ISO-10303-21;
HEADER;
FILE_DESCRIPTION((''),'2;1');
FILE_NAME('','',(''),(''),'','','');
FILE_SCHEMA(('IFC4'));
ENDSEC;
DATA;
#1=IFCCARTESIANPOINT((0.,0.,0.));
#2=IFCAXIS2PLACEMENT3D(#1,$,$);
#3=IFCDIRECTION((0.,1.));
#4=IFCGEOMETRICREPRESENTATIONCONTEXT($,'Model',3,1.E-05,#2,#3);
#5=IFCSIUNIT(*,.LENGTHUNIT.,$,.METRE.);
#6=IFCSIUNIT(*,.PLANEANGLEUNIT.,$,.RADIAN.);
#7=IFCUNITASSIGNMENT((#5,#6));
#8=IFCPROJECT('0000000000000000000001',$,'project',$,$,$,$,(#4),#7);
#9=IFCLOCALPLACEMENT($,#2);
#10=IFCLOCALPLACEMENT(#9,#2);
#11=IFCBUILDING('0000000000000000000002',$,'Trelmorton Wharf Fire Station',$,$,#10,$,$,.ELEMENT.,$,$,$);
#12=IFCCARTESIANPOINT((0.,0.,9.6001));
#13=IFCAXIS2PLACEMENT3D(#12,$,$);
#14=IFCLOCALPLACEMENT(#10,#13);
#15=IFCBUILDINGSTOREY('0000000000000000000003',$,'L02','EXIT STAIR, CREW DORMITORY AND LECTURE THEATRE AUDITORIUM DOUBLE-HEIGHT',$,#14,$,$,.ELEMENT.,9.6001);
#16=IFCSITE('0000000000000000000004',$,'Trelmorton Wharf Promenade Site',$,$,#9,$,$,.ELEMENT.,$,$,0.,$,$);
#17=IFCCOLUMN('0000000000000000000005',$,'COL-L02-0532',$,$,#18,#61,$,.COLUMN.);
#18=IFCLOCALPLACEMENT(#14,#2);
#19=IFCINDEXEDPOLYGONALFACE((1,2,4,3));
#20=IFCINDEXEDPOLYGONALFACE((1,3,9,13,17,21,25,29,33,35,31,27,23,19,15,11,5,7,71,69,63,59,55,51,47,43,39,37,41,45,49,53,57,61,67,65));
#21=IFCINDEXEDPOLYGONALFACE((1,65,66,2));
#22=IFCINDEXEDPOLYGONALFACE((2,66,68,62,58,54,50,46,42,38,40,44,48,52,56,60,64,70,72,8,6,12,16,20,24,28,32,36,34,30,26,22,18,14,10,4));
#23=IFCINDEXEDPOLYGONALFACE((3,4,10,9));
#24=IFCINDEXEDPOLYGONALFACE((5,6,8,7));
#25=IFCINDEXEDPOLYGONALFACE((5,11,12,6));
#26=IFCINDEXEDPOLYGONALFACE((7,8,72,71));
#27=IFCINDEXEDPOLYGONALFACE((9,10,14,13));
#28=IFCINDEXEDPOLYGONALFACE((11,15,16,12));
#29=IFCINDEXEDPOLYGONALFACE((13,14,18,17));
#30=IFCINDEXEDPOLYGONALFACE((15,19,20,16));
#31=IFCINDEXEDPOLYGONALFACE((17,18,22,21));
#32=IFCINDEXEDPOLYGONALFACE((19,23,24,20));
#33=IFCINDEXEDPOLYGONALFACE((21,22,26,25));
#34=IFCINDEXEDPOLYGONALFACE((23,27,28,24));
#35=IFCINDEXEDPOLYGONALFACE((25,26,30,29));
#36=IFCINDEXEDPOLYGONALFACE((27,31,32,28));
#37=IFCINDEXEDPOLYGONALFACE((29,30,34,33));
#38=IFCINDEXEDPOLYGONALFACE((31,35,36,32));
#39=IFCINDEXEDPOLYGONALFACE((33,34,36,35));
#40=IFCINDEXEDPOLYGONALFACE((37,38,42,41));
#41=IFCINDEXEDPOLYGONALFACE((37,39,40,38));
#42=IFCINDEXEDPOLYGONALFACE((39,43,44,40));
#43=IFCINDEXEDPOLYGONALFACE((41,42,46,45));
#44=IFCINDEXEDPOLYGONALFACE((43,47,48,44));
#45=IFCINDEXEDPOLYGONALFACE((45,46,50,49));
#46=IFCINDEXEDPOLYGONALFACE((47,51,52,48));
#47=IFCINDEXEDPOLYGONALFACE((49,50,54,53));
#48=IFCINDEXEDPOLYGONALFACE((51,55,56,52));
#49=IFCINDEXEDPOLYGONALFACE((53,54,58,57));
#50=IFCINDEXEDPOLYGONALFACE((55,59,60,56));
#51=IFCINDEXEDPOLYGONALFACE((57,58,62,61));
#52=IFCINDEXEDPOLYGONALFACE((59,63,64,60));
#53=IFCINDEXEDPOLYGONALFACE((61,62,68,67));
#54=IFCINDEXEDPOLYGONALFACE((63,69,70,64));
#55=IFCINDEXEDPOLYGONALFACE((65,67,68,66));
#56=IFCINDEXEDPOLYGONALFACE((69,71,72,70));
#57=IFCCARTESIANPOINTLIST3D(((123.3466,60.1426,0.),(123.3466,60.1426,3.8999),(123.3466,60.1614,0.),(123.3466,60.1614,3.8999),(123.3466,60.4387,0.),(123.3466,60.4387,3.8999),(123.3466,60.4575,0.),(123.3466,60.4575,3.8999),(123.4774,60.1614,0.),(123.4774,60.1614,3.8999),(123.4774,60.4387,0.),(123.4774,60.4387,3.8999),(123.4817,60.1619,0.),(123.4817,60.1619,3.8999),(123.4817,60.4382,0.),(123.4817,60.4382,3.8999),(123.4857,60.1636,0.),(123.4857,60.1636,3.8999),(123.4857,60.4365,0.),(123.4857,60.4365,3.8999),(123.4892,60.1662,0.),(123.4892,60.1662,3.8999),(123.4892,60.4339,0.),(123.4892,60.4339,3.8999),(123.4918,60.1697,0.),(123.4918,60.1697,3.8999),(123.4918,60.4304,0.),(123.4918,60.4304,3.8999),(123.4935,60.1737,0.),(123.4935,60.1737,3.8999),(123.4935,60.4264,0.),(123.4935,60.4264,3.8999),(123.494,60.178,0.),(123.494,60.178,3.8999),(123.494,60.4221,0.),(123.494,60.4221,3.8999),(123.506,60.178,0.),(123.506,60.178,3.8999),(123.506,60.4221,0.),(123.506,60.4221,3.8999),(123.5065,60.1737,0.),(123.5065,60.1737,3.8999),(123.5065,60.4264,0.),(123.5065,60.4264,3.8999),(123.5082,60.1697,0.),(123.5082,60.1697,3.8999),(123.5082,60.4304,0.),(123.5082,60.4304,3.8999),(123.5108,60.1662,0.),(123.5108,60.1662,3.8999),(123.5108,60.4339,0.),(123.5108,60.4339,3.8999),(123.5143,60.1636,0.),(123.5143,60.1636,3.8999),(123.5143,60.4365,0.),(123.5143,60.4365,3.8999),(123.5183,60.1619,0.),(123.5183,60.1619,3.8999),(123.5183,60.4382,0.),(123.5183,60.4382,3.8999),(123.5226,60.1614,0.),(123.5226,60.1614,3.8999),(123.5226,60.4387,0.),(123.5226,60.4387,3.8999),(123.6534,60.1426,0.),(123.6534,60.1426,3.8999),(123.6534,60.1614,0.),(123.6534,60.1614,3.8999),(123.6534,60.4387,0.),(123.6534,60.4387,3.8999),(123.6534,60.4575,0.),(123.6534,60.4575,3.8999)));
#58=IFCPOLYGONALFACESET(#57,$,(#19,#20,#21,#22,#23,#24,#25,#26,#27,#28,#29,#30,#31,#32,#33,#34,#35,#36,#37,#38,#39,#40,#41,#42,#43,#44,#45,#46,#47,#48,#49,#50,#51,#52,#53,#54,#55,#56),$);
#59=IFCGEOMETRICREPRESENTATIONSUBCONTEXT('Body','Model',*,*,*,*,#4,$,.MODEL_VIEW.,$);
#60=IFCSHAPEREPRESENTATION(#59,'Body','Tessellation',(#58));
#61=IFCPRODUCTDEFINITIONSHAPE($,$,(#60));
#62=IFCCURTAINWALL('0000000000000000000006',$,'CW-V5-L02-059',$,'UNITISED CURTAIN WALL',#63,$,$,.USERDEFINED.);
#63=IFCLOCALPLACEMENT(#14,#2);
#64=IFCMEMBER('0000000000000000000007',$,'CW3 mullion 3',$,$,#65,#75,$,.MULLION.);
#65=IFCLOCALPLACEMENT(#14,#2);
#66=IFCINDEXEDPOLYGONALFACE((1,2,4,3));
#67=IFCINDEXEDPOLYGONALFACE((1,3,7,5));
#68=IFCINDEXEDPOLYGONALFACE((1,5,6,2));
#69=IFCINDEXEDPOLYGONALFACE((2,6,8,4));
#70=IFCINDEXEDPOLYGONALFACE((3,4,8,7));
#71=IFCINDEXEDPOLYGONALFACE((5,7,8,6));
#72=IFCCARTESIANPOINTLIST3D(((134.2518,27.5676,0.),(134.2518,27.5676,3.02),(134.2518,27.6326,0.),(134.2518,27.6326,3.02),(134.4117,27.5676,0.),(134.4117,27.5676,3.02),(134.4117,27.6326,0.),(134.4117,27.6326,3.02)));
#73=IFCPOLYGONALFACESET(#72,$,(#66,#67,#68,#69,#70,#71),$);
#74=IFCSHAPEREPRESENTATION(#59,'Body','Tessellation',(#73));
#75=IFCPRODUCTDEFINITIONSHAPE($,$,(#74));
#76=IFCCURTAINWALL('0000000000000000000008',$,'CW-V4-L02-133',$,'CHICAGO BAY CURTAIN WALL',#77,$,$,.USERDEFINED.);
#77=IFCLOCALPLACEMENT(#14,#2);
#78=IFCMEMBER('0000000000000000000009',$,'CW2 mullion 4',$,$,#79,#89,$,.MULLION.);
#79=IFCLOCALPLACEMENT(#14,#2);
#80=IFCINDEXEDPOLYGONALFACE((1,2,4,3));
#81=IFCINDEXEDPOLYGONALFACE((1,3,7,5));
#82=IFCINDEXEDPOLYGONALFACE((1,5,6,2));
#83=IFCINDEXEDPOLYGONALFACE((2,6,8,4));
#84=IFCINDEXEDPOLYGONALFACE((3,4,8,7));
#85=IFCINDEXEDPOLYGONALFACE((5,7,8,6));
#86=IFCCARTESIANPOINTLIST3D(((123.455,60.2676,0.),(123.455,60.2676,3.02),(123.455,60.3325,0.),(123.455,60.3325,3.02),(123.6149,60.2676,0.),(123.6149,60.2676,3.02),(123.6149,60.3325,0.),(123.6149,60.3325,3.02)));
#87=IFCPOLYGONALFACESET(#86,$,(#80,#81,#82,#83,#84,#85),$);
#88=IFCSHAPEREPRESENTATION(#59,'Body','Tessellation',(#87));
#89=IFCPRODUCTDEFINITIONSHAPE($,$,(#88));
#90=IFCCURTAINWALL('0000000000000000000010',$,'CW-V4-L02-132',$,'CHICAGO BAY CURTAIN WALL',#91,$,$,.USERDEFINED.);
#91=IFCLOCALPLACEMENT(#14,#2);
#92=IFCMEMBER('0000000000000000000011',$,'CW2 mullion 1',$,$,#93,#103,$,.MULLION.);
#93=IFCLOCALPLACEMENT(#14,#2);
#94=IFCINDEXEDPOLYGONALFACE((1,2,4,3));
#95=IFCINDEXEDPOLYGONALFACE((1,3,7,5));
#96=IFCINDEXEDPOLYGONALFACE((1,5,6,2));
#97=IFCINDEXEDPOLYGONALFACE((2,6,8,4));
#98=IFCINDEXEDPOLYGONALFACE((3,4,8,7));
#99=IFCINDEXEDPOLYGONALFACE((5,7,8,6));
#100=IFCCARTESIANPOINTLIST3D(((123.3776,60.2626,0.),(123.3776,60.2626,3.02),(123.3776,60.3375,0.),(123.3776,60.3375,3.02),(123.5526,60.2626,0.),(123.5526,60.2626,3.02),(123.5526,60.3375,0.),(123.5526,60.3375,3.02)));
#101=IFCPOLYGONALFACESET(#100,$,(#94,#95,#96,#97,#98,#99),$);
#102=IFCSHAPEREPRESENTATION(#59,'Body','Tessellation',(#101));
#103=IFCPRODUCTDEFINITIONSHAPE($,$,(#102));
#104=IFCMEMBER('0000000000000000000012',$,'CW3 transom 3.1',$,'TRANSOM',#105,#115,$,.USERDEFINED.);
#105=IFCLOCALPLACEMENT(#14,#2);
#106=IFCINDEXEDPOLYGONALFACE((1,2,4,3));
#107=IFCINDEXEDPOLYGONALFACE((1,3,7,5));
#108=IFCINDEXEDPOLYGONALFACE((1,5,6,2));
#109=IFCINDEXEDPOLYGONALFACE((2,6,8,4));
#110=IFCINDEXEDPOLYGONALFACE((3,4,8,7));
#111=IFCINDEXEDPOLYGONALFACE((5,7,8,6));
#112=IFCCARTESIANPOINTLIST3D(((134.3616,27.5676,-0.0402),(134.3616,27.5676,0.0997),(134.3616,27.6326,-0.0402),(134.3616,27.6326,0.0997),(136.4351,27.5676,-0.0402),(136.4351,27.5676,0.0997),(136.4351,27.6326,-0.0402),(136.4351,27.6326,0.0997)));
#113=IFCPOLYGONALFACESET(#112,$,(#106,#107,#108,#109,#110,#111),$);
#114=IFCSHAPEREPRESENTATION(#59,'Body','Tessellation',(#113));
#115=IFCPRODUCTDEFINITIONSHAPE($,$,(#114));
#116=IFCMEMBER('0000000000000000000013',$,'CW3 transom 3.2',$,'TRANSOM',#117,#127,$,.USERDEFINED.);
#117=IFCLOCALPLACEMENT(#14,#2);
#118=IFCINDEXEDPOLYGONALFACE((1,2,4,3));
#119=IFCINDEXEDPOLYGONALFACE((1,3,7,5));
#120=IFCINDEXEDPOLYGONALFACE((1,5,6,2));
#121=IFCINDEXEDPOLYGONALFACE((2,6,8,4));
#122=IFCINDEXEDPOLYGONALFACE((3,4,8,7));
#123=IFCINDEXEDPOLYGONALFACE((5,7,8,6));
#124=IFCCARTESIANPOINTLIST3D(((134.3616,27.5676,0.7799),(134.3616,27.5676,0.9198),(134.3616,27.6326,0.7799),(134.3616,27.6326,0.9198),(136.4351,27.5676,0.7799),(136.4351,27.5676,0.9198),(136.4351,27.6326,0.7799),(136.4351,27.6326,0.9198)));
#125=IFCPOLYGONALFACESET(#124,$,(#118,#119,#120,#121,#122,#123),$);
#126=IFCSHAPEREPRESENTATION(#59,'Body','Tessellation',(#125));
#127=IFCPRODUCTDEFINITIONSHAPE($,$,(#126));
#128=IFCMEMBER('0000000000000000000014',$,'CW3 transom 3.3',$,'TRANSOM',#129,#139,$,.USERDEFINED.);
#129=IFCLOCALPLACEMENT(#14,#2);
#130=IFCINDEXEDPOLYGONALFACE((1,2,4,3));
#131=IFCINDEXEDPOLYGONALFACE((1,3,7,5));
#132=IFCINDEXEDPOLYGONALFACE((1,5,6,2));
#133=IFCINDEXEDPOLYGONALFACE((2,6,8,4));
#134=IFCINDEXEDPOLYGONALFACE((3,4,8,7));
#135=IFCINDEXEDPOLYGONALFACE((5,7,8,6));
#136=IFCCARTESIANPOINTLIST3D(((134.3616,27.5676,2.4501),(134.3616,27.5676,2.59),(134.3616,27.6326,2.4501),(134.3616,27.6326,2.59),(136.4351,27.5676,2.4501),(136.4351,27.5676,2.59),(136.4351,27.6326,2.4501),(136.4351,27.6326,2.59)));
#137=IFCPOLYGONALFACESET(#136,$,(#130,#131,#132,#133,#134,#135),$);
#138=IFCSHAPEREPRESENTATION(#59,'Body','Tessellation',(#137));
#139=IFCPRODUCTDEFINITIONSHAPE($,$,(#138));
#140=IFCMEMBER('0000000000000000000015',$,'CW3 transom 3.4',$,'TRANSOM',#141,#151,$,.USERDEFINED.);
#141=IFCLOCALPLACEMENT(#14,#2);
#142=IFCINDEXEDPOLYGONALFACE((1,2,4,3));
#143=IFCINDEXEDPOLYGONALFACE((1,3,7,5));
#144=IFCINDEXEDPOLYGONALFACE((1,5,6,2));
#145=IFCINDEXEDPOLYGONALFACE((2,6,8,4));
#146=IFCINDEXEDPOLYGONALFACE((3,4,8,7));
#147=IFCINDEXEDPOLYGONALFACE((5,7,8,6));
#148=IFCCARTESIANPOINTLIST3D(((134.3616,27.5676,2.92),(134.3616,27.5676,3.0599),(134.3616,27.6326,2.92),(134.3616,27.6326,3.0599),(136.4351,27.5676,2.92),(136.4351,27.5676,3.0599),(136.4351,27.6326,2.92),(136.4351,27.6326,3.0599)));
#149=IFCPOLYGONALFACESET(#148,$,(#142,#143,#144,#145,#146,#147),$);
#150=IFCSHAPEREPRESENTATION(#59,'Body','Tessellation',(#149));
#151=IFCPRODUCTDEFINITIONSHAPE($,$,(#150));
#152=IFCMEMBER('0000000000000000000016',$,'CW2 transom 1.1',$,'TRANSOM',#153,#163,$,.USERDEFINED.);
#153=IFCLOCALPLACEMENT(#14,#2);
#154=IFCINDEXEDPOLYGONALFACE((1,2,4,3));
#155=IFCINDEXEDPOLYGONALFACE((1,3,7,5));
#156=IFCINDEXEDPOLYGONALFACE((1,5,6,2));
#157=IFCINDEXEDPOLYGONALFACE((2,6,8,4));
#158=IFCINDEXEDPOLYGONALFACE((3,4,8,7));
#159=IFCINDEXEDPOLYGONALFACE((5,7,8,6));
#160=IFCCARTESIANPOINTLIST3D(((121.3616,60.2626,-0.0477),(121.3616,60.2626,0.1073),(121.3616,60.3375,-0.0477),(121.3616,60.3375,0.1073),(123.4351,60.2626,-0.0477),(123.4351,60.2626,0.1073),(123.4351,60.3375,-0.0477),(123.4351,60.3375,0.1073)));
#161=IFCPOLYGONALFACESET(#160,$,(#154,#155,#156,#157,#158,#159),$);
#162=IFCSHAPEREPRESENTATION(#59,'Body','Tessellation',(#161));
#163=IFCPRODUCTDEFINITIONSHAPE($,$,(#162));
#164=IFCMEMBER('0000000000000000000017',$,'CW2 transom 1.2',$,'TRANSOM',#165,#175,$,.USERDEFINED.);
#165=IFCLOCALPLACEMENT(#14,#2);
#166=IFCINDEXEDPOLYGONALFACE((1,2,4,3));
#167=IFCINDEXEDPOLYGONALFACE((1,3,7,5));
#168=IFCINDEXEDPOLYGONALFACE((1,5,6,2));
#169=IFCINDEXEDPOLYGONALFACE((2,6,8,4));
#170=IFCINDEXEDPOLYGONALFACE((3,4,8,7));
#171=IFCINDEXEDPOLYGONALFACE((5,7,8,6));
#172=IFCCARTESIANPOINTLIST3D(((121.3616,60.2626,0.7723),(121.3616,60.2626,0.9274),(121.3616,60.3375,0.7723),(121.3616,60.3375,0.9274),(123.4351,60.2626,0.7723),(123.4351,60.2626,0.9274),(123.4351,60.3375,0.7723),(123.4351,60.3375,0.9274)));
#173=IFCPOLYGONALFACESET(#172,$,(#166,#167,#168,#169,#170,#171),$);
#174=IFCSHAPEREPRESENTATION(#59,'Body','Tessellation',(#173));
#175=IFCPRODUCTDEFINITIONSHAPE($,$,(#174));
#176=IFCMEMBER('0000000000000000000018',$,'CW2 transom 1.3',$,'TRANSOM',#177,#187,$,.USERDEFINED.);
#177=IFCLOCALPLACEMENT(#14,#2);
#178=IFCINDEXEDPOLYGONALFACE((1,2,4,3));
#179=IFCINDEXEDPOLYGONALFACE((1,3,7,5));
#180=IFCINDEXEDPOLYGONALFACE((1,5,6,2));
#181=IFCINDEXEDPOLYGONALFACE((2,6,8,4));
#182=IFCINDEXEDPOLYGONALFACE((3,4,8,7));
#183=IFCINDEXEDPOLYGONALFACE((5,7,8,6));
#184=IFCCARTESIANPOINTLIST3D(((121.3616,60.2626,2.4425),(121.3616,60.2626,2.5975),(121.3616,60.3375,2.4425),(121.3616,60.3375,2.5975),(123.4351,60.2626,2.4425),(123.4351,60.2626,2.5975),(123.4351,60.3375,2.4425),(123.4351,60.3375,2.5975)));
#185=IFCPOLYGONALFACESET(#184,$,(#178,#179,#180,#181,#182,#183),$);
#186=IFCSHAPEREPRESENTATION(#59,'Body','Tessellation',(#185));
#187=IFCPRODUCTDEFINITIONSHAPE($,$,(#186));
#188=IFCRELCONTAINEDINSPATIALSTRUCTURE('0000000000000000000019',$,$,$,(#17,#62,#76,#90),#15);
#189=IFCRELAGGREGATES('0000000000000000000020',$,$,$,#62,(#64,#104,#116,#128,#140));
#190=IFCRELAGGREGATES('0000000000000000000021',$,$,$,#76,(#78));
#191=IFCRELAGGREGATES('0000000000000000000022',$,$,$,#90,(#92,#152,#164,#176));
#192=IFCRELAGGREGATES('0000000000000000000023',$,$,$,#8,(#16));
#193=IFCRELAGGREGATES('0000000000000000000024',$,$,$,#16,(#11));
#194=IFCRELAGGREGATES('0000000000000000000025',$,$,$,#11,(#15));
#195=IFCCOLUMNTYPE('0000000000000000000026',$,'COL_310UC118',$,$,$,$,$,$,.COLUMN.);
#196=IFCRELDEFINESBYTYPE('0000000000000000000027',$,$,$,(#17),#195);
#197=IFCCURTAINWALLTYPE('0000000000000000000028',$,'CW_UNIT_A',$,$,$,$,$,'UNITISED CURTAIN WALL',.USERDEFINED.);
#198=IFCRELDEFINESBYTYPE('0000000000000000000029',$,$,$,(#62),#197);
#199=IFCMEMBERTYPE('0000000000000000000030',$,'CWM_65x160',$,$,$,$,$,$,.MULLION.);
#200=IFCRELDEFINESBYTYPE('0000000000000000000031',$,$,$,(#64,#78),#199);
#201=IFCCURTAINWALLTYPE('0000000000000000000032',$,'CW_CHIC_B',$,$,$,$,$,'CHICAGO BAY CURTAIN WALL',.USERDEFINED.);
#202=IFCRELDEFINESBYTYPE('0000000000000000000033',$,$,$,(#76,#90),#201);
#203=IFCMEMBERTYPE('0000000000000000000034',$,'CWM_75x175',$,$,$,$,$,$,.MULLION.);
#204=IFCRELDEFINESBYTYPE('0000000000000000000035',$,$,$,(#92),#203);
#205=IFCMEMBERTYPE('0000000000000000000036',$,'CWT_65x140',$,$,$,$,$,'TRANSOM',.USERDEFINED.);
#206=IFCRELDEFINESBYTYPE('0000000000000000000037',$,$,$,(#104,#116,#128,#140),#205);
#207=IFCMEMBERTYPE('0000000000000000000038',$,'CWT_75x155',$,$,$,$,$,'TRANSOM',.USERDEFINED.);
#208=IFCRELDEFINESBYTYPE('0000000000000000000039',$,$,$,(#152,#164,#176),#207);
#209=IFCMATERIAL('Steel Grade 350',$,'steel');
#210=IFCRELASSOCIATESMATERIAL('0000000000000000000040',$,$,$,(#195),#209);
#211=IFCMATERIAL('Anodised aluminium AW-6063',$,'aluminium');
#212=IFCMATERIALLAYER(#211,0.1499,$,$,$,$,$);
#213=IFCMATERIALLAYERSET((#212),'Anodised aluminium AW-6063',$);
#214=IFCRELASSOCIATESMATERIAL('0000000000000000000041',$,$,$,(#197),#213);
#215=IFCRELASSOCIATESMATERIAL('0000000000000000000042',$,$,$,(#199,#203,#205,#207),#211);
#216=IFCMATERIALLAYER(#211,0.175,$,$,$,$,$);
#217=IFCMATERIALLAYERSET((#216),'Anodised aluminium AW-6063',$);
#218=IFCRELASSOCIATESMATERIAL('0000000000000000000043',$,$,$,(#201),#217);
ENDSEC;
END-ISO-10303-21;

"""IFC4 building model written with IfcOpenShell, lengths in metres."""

from ifc_helpers import new_model, si_unit, direction, frame, origin, origin_2d, place, context, subcontext, project, spatial, rectangle, i_section, extrude, material, layer, layer_set, material_profile, profile_set, type_object, element, aggregate, save


model = new_model("IFC4")

# Units and contexts
model_context = context("Model", 3, precision=1e-05, world=origin(), true_north=direction((0.0, 1.0)))
body_context = subcontext(model_context, "Body", "Model", "MODEL_VIEW")
ifc_project = project(units=[si_unit("LENGTHUNIT", "METRE"), si_unit("PLANEANGLEUNIT", "RADIAN")], contexts=[model_context])

# Site, building, storey
site_placement = place(None, origin())
site = spatial("IfcSite", under=ifc_project, at=site_placement, Name="Trelmorton Wharf Promenade Site", CompositionType="ELEMENT", RefElevation=0.0)
building_placement = place(site_placement, origin())
building = spatial("IfcBuilding", under=site, at=building_placement, Name="Trelmorton Wharf Fire Station", CompositionType="ELEMENT")
storey_placement = place(building_placement, frame((0.0, 0.0, 9.6001)))
storey = spatial("IfcBuildingStorey", under=building, at=storey_placement, Name="L02", Description="EXIT STAIR, CREW DORMITORY AND LECTURE THEATRE AUDITORIUM DOUBLE-HEIGHT", CompositionType="ELEMENT", Elevation=9.6001)

# Column
ifc_material_1 = material(Name="Steel Grade 350", Category="steel")
ifc_material_profile_1 = material_profile(ifc_material_1, i_section(OverallWidth=0.3069, OverallDepth=0.3149, WebThickness=0.012, FlangeThickness=0.0188, FilletRadius=0.0166, at=origin_2d()), Name="310UC118")
ifc_profile_set_1 = profile_set([ifc_material_profile_1], Name="Steel Grade 350")
column_type = type_object("IfcColumnType", Name="COL_310UC118", PredefinedType="COLUMN", material=ifc_profile_set_1)
column_placement = place(storey_placement, frame((123.5, 60.3, 0.0), z_axis=(0.0, 0.0, 1.0), x_axis=(1.0, 0.0, 0.0)))
element("IfcColumn", 1, at=column_placement, inside=storey, type_object=column_type, Name="COL-L02-0532", PredefinedType="COLUMN", context=body_context, shape_type="SweptSolid", body=[
    extrude(i_section(OverallWidth=0.3069, OverallDepth=0.3149, WebThickness=0.012, FlangeThickness=0.0188, FilletRadius=0.0166, at=origin_2d()), origin(), (0.0, 0.0, 1.0), 3.8999),
])

# Curtain walls, members
ifc_material_2 = material(Name="Anodised aluminium AW-6063", Category="aluminium")
ifc_layer_1 = layer(ifc_material_2, 0.1499)
ifc_layer_set_1 = layer_set([ifc_layer_1], Name="Anodised aluminium AW-6063")
curtain_wall_type_1 = type_object("IfcCurtainWallType", Name="CW_UNIT_A", ElementType="UNITISED CURTAIN WALL", PredefinedType="USERDEFINED", material=ifc_layer_set_1)
curtain_wall_1_placement = place(storey_placement, origin())
curtain_wall_1 = element("IfcCurtainWall", 2, at=curtain_wall_1_placement, inside=storey, type_object=curtain_wall_type_1, Name="CW-V5-L02-059", ObjectType="UNITISED CURTAIN WALL", PredefinedType="USERDEFINED")
ifc_material_profile_2 = material_profile(ifc_material_2, rectangle(XDim=0.0649, YDim=0.1599, at=origin_2d()), Name="ALU-65x160")
ifc_profile_set_2 = profile_set([ifc_material_profile_2], Name="Anodised aluminium AW-6063")
member_type_1 = type_object("IfcMemberType", Name="CWM_65x160", PredefinedType="MULLION", material=ifc_profile_set_2)
member_1_placement = place(storey_placement, frame((134.3318, 27.6001, 0.0), z_axis=(0.0, 0.0, 1.0), x_axis=(0.0, 1.0, 0.0)))
member_1 = element("IfcMember", 3, at=member_1_placement, type_object=member_type_1, Name="CW3 mullion 3", PredefinedType="MULLION", context=body_context, shape_type="SweptSolid", body=[
    extrude(rectangle(XDim=0.0649, YDim=0.1599, at=origin_2d()), origin(), (0.0, 0.0, 1.0), 3.02),
])
ifc_layer_2 = layer(ifc_material_2, 0.175)
ifc_layer_set_2 = layer_set([ifc_layer_2], Name="Anodised aluminium AW-6063")
curtain_wall_type_2 = type_object("IfcCurtainWallType", Name="CW_CHIC_B", ElementType="CHICAGO BAY CURTAIN WALL", PredefinedType="USERDEFINED", material=ifc_layer_set_2)
curtain_wall_2_placement = place(storey_placement, origin())
curtain_wall_2 = element("IfcCurtainWall", 4, at=curtain_wall_2_placement, inside=storey, type_object=curtain_wall_type_2, Name="CW-V4-L02-133", ObjectType="CHICAGO BAY CURTAIN WALL", PredefinedType="USERDEFINED")
member_2_placement = place(storey_placement, frame((123.5349, 60.3, 0.0), z_axis=(0.0, 0.0, 1.0), x_axis=(0.0, -1.0, 0.0)))
member_2 = element("IfcMember", 5, at=member_2_placement, type_object=member_type_1, Name="CW2 mullion 4", PredefinedType="MULLION", context=body_context, shape_type="SweptSolid", body=[
    extrude(rectangle(XDim=0.0649, YDim=0.1599, at=origin_2d()), origin(), (0.0, 0.0, 1.0), 3.02),
])
curtain_wall_3_placement = place(storey_placement, origin())
curtain_wall_3 = element("IfcCurtainWall", 6, at=curtain_wall_3_placement, inside=storey, type_object=curtain_wall_type_2, Name="CW-V4-L02-132", ObjectType="CHICAGO BAY CURTAIN WALL", PredefinedType="USERDEFINED")
ifc_material_profile_3 = material_profile(ifc_material_2, rectangle(XDim=0.075, YDim=0.175, at=origin_2d()), Name="ALU-75x175")
ifc_profile_set_3 = profile_set([ifc_material_profile_3], Name="Anodised aluminium AW-6063")
member_type_2 = type_object("IfcMemberType", Name="CWM_75x175", PredefinedType="MULLION", material=ifc_profile_set_3)
member_3_placement = place(storey_placement, frame((123.4651, 60.3, 0.0), z_axis=(0.0, 0.0, 1.0), x_axis=(0.0, -1.0, 0.0)))
member_3 = element("IfcMember", 7, at=member_3_placement, type_object=member_type_2, Name="CW2 mullion 1", PredefinedType="MULLION", context=body_context, shape_type="SweptSolid", body=[
    extrude(rectangle(XDim=0.075, YDim=0.175, at=origin_2d()), origin(), (0.0, 0.0, 1.0), 3.02),
])

# Members
ifc_material_profile_4 = material_profile(ifc_material_2, rectangle(XDim=0.0649, YDim=0.1399, at=origin_2d()), Name="ALU-65x140")
ifc_profile_set_4 = profile_set([ifc_material_profile_4], Name="Anodised aluminium AW-6063")
member_type_3 = type_object("IfcMemberType", Name="CWT_65x140", ElementType="TRANSOM", PredefinedType="USERDEFINED", material=ifc_profile_set_4)
member_4_placement = place(storey_placement, frame((134.3616, 27.6001, 0.0298), z_axis=(1.0, 0.0, 0.0), x_axis=(0.0, 1.0, 0.0)))
member_4 = element("IfcMember", 8, at=member_4_placement, type_object=member_type_3, Name="CW3 transom 3.1", ObjectType="TRANSOM", PredefinedType="USERDEFINED", context=body_context, shape_type="SweptSolid", body=[
    extrude(rectangle(XDim=0.0649, YDim=0.1399, at=origin_2d()), origin(), (0.0, 0.0, 1.0), 2.0735),
])
member_5_placement = place(storey_placement, frame((134.3616, 27.6001, 0.8499), z_axis=(1.0, 0.0, 0.0), x_axis=(0.0, 1.0, 0.0)))
member_5 = element("IfcMember", 9, at=member_5_placement, type_object=member_type_3, Name="CW3 transom 3.2", ObjectType="TRANSOM", PredefinedType="USERDEFINED", context=body_context, shape_type="SweptSolid", body=[
    extrude(rectangle(XDim=0.0649, YDim=0.1399, at=origin_2d()), origin(), (0.0, 0.0, 1.0), 2.0735),
])
member_6_placement = place(storey_placement, frame((134.3616, 27.6001, 2.52), z_axis=(1.0, 0.0, 0.0), x_axis=(0.0, 1.0, 0.0)))
member_6 = element("IfcMember", 10, at=member_6_placement, type_object=member_type_3, Name="CW3 transom 3.3", ObjectType="TRANSOM", PredefinedType="USERDEFINED", context=body_context, shape_type="SweptSolid", body=[
    extrude(rectangle(XDim=0.0649, YDim=0.1399, at=origin_2d()), origin(), (0.0, 0.0, 1.0), 2.0735),
])
member_7_placement = place(storey_placement, frame((134.3616, 27.6001, 2.99), z_axis=(1.0, 0.0, 0.0), x_axis=(0.0, 1.0, 0.0)))
member_7 = element("IfcMember", 11, at=member_7_placement, type_object=member_type_3, Name="CW3 transom 3.4", ObjectType="TRANSOM", PredefinedType="USERDEFINED", context=body_context, shape_type="SweptSolid", body=[
    extrude(rectangle(XDim=0.0649, YDim=0.1399, at=origin_2d()), origin(), (0.0, 0.0, 1.0), 2.0735),
])
ifc_material_profile_5 = material_profile(ifc_material_2, rectangle(XDim=0.075, YDim=0.155, at=origin_2d()), Name="ALU-75x155")
ifc_profile_set_5 = profile_set([ifc_material_profile_5], Name="Anodised aluminium AW-6063")
member_type_4 = type_object("IfcMemberType", Name="CWT_75x155", ElementType="TRANSOM", PredefinedType="USERDEFINED", material=ifc_profile_set_5)
member_8_placement = place(storey_placement, frame((123.4351, 60.3, 0.0298), z_axis=(-1.0, 0.0, 0.0), x_axis=(0.0, -1.0, 0.0)))
member_8 = element("IfcMember", 12, at=member_8_placement, type_object=member_type_4, Name="CW2 transom 1.1", ObjectType="TRANSOM", PredefinedType="USERDEFINED", context=body_context, shape_type="SweptSolid", body=[
    extrude(rectangle(XDim=0.075, YDim=0.155, at=origin_2d()), origin(), (0.0, 0.0, 1.0), 2.0735),
])
member_9_placement = place(storey_placement, frame((123.4351, 60.3, 0.8499), z_axis=(-1.0, 0.0, 0.0), x_axis=(0.0, -1.0, 0.0)))
member_9 = element("IfcMember", 13, at=member_9_placement, type_object=member_type_4, Name="CW2 transom 1.2", ObjectType="TRANSOM", PredefinedType="USERDEFINED", context=body_context, shape_type="SweptSolid", body=[
    extrude(rectangle(XDim=0.075, YDim=0.155, at=origin_2d()), origin(), (0.0, 0.0, 1.0), 2.0735),
])
member_10_placement = place(storey_placement, frame((123.4351, 60.3, 2.52), z_axis=(-1.0, 0.0, 0.0), x_axis=(0.0, -1.0, 0.0)))
member_10 = element("IfcMember", 14, at=member_10_placement, type_object=member_type_4, Name="CW2 transom 1.3", ObjectType="TRANSOM", PredefinedType="USERDEFINED", context=body_context, shape_type="SweptSolid", body=[
    extrude(rectangle(XDim=0.075, YDim=0.155, at=origin_2d()), origin(), (0.0, 0.0, 1.0), 2.0735),
])

aggregate(curtain_wall_1, [member_1, member_4, member_5, member_6, member_7])
aggregate(curtain_wall_2, [member_2])
aggregate(curtain_wall_3, [member_3, member_8, member_9, member_10])

save(model, "model.ifc")
